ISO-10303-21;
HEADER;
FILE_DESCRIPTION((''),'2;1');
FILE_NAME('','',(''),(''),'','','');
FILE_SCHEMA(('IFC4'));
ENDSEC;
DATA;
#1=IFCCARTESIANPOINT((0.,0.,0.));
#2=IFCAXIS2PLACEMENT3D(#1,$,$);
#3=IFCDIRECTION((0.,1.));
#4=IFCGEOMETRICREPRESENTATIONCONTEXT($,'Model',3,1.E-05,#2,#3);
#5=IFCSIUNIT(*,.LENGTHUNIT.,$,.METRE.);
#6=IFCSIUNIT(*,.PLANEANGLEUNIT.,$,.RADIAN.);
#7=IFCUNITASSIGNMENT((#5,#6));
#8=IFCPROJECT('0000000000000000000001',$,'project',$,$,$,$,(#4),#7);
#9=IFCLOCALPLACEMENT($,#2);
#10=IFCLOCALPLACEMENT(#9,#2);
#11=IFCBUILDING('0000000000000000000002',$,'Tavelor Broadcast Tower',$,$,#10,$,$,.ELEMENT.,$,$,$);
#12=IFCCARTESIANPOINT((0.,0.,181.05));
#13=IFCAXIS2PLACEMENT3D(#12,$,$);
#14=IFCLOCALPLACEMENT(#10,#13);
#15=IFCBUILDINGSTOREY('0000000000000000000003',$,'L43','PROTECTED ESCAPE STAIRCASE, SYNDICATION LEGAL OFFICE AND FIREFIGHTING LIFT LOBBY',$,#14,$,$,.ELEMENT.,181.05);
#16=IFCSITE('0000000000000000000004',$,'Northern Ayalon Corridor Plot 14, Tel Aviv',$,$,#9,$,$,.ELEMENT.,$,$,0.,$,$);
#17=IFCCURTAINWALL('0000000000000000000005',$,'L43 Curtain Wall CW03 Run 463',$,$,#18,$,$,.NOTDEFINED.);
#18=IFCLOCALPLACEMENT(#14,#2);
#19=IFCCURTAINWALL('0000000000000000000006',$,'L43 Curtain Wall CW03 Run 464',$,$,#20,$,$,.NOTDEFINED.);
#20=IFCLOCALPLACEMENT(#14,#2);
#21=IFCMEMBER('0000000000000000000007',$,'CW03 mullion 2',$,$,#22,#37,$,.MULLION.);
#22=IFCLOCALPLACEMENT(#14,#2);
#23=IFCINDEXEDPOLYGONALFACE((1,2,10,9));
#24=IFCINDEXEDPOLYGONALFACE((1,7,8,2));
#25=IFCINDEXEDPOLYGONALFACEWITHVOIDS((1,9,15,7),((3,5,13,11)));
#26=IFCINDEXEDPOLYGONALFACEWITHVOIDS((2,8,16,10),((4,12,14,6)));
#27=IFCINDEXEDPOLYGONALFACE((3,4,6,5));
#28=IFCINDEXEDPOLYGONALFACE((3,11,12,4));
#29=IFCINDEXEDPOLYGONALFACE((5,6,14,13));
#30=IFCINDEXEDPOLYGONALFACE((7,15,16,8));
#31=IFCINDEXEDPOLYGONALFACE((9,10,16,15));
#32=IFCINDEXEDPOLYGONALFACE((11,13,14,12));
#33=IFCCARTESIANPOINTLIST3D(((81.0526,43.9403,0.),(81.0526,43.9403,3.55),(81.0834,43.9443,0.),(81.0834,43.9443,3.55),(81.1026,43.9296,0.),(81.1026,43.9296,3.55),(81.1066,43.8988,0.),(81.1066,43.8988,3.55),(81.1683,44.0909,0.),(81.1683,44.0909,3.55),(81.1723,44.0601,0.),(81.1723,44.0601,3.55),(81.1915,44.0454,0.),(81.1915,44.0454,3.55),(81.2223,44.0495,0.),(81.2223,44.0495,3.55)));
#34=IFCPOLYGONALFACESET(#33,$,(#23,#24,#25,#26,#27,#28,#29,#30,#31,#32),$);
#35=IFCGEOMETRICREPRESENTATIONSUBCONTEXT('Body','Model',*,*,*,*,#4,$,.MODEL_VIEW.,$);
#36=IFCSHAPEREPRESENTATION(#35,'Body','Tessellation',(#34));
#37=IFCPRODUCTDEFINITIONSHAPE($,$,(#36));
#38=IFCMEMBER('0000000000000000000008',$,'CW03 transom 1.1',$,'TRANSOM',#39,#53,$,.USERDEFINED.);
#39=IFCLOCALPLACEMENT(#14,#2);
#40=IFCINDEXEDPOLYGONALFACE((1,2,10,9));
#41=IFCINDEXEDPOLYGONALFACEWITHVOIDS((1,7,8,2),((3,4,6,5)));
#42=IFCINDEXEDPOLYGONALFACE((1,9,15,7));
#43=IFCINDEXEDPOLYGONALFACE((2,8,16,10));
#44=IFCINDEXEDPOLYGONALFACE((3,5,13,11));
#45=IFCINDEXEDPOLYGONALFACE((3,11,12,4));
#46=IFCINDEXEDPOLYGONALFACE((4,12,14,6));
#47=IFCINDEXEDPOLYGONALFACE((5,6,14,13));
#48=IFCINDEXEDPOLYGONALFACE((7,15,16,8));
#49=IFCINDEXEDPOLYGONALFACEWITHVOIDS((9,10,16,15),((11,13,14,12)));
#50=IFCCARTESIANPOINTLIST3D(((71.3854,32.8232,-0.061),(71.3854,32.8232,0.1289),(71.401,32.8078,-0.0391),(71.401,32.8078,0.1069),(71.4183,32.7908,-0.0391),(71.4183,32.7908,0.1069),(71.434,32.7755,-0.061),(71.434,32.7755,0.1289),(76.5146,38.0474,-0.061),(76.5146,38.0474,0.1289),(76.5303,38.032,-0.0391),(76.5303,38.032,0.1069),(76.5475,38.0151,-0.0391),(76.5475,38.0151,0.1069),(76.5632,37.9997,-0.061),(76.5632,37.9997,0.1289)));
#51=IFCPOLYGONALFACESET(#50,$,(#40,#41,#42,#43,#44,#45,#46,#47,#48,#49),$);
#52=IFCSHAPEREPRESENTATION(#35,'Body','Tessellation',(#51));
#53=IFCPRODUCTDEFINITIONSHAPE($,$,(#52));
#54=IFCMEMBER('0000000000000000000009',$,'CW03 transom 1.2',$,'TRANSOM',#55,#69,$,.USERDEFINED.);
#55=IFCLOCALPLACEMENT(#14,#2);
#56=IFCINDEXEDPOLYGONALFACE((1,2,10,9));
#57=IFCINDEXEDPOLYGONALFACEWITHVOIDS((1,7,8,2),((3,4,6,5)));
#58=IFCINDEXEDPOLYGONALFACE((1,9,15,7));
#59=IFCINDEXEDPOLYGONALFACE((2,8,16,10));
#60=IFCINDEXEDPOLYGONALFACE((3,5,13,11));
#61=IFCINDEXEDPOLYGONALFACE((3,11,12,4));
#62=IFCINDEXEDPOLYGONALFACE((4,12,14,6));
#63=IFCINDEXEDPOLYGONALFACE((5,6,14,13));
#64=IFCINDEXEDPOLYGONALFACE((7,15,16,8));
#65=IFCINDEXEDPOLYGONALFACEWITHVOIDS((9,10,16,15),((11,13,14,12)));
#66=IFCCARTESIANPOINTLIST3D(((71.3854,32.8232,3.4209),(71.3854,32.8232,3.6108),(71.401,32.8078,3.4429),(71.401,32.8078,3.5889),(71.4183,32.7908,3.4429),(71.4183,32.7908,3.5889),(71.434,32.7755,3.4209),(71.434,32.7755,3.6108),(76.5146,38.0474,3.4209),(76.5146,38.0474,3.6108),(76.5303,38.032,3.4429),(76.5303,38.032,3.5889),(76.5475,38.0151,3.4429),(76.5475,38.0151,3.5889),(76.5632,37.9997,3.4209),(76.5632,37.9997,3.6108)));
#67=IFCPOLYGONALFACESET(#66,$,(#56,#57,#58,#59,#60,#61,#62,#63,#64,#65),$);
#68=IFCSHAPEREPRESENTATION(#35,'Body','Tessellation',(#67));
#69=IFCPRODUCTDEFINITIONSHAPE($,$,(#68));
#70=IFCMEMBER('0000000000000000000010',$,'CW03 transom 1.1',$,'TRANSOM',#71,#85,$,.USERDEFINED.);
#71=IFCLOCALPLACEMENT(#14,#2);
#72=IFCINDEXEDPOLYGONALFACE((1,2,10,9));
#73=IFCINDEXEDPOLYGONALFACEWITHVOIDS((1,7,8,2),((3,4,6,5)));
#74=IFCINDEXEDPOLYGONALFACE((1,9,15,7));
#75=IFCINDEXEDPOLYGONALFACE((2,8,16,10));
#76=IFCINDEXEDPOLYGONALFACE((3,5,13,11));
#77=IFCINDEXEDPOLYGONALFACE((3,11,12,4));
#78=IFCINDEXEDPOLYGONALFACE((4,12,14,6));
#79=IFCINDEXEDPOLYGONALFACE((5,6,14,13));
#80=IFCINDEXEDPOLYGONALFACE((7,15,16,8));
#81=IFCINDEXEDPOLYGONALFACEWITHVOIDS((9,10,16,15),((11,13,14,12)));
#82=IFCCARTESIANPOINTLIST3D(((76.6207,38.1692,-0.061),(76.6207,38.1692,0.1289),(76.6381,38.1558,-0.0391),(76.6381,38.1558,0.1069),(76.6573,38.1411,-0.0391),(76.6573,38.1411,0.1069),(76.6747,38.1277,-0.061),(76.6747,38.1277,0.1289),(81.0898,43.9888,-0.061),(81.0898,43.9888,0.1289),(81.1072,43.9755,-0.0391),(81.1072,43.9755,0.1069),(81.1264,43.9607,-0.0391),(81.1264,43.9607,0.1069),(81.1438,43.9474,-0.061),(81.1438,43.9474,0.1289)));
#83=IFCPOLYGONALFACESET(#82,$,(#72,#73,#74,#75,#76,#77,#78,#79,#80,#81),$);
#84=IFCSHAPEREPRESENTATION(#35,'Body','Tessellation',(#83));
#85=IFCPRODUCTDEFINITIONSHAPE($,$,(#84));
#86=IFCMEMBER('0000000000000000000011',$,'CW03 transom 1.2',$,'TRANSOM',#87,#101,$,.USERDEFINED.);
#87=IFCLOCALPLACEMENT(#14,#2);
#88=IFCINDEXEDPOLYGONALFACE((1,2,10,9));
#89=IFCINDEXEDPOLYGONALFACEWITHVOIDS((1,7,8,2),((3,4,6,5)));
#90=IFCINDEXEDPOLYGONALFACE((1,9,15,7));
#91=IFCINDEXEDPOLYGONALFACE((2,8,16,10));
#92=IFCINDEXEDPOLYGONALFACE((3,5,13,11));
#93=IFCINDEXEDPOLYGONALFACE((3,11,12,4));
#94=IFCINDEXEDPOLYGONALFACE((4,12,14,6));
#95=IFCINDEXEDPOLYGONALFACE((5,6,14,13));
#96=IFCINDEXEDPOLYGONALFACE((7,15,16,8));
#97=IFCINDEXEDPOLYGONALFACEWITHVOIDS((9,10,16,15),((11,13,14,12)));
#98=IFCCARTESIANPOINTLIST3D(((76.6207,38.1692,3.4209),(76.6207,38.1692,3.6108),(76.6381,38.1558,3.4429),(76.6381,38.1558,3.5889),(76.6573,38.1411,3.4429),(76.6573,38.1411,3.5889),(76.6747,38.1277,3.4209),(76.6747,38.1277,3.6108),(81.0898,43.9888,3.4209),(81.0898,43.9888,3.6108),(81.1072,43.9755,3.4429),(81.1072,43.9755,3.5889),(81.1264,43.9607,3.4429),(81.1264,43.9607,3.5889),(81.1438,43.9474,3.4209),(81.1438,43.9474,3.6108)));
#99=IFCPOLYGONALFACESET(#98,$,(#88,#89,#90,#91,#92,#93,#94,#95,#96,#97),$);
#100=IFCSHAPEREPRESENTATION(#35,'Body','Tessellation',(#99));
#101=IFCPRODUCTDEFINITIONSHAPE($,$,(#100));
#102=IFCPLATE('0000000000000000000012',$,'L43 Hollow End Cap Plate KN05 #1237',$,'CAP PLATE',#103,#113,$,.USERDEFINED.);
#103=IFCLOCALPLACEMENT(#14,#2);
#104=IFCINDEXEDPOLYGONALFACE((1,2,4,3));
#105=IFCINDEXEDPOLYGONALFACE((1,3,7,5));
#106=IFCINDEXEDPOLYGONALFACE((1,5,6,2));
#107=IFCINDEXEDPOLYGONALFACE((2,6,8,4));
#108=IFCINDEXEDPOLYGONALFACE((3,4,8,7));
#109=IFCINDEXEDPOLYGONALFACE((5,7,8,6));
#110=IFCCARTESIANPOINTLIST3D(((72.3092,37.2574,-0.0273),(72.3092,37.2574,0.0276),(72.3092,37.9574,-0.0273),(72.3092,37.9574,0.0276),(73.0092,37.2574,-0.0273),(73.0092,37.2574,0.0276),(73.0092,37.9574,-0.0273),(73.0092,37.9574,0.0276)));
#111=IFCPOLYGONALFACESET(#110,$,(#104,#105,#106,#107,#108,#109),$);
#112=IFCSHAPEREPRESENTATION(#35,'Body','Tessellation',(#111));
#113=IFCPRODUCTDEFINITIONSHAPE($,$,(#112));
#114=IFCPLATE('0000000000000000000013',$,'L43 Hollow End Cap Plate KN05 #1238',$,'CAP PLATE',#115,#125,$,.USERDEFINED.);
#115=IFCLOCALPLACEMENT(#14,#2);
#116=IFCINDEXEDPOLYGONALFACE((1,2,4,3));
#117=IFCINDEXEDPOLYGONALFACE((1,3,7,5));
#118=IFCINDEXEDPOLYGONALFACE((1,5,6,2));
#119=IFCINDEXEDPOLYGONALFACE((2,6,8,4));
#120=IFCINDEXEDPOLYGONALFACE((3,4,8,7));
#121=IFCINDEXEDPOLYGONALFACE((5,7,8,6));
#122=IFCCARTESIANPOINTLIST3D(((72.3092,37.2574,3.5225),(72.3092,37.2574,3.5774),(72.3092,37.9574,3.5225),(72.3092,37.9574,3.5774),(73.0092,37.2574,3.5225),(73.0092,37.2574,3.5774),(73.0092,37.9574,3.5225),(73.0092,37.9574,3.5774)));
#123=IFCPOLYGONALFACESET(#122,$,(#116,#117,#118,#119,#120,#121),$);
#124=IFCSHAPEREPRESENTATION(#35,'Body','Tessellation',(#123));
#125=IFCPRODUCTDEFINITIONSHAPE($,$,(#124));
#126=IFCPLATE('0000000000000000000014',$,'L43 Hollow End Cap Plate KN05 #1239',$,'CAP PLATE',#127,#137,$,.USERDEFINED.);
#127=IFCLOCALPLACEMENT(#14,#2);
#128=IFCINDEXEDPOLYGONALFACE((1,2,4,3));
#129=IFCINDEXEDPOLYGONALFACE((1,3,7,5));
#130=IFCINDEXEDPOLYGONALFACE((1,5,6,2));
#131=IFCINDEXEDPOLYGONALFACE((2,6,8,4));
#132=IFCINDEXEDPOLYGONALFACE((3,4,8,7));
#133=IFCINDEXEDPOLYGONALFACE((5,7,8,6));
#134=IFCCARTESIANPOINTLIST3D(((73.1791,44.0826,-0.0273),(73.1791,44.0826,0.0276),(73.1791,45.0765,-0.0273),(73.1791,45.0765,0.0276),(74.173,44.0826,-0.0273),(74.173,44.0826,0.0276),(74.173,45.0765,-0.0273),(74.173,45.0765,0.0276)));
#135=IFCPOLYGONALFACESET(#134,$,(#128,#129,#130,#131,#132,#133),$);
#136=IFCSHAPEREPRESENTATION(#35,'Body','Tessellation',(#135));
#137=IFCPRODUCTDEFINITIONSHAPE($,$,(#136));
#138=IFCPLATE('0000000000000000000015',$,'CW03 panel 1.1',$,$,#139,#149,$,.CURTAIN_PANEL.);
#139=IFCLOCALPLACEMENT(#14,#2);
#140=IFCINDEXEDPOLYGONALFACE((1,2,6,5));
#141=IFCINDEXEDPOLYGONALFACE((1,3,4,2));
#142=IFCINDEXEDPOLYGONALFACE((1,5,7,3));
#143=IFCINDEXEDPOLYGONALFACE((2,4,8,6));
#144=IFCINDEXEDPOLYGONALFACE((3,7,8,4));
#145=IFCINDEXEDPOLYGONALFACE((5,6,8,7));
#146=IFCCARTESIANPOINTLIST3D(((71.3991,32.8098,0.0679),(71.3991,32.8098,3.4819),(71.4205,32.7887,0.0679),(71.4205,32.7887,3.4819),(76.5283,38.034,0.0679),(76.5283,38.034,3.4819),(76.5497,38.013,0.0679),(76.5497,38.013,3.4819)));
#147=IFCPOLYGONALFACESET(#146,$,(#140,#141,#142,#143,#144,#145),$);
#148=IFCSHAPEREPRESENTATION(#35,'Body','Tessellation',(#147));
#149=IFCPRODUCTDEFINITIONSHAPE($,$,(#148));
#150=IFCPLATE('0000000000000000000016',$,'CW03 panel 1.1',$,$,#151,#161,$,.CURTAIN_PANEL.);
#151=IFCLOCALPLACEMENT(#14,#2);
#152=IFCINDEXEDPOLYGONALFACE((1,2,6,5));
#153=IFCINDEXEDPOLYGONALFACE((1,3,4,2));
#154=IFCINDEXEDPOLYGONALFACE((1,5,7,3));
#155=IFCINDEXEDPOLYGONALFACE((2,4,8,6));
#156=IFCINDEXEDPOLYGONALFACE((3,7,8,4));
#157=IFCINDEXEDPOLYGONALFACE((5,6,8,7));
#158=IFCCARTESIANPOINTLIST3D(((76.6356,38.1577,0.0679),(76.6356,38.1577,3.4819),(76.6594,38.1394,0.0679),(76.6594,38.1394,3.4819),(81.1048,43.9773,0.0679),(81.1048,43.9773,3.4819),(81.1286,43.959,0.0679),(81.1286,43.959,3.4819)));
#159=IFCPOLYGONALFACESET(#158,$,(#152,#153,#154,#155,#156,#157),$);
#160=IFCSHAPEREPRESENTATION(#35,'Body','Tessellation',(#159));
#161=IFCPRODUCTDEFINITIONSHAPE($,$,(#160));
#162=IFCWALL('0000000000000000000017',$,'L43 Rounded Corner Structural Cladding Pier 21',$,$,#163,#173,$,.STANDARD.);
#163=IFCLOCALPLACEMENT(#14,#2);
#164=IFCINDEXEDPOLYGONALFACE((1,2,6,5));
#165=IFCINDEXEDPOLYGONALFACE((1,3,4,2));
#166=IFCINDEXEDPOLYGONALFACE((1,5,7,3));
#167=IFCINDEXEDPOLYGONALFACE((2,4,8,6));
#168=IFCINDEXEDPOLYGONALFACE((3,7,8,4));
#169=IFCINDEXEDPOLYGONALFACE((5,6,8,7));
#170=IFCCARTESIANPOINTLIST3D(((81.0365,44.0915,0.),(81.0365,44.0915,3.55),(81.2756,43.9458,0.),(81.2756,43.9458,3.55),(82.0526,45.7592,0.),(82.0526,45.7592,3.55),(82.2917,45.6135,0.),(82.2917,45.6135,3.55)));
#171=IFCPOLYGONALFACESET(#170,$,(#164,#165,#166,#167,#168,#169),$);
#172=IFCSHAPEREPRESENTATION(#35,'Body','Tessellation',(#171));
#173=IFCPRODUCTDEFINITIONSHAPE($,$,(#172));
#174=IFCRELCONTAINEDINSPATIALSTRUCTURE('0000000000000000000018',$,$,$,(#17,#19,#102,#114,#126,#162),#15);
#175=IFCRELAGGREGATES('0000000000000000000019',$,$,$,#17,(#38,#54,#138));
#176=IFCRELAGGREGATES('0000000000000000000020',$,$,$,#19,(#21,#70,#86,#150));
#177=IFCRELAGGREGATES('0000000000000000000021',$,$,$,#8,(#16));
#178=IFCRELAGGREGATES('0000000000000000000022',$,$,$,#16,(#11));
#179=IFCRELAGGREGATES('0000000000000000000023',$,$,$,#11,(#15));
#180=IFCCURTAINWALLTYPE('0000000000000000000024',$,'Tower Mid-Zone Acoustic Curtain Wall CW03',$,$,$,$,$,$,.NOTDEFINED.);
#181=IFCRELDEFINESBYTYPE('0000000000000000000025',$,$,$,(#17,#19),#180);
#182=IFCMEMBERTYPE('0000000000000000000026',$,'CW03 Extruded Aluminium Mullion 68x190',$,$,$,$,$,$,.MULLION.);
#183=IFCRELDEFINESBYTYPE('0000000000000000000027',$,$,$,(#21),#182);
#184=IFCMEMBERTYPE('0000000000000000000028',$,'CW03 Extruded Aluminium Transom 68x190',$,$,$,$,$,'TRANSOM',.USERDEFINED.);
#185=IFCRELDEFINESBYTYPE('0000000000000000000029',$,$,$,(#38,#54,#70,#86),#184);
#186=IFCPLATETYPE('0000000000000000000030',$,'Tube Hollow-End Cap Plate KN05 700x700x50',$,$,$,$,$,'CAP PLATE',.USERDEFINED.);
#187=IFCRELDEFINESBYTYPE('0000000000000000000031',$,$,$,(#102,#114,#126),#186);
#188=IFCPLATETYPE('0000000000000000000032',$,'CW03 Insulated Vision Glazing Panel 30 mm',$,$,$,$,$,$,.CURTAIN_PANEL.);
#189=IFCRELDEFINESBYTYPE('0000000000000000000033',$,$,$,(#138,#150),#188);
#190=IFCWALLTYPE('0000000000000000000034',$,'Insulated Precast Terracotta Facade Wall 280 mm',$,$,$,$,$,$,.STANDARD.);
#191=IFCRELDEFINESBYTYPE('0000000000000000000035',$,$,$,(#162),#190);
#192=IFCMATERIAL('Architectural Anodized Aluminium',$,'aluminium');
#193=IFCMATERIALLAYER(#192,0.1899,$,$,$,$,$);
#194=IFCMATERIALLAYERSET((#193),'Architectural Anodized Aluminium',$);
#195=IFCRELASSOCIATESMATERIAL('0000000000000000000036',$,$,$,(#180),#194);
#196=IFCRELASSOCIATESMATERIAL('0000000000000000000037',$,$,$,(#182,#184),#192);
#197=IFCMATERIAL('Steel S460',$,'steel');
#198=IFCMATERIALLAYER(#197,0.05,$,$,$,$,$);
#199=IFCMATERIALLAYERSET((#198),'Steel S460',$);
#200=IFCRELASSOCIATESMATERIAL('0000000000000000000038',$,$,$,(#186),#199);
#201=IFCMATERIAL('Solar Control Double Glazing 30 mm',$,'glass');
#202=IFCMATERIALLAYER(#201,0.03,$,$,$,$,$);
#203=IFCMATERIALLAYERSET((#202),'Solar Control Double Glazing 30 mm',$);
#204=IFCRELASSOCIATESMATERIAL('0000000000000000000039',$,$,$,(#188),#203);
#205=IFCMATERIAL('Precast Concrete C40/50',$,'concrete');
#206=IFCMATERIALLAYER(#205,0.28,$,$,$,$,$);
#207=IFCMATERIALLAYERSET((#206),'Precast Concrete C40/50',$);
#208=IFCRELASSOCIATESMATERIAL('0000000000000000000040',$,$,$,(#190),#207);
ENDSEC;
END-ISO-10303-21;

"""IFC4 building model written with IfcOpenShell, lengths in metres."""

from ifc_helpers import new_model, si_unit, direction, frame, frame_2d, origin, origin_2d, place, context, subcontext, project, spatial, rectangle, hollow_rectangle, extrude, source, transform, mapped, material, layer, layer_set, material_profile, profile_set, type_object, type_shapes, element, aggregate, save


model = new_model("IFC4")

# Units and contexts
model_context = context("Model", 3, precision=1e-05, world=origin(), true_north=direction((0.0, 1.0)))
body_context = subcontext(model_context, "Body", "Model", "MODEL_VIEW")
ifc_project = project(units=[si_unit("LENGTHUNIT", "METRE"), si_unit("PLANEANGLEUNIT", "RADIAN")], contexts=[model_context])

# Site, building, storey
site_placement = place(None, origin())
site = spatial("IfcSite", under=ifc_project, at=site_placement, Name="Northern Ayalon Corridor Plot 14, Tel Aviv", CompositionType="ELEMENT", RefElevation=0.0)
building_placement = place(site_placement, origin())
building = spatial("IfcBuilding", under=site, at=building_placement, Name="Tavelor Broadcast Tower", CompositionType="ELEMENT")
storey_placement = place(building_placement, frame((0.0, 0.0, 181.05)))
storey = spatial("IfcBuildingStorey", under=building, at=storey_placement, Name="L43", Description="PROTECTED ESCAPE STAIRCASE, SYNDICATION LEGAL OFFICE AND FIREFIGHTING LIFT LOBBY", CompositionType="ELEMENT", Elevation=181.05)

# Shared definitions
ifc_material_1 = material(Name="Steel S460", Category="steel")

# Shared definitions
ifc_material_2 = material(Name="Architectural Anodized Aluminium", Category="aluminium")
ifc_layer_1 = layer(ifc_material_2, 0.1899)
ifc_layer_set_1 = layer_set([ifc_layer_1], Name="Architectural Anodized Aluminium")
curtain_wall_type = type_object("IfcCurtainWallType", Name="Tower Mid-Zone Acoustic Curtain Wall CW03", PredefinedType="NOTDEFINED", material=ifc_layer_set_1)
ifc_material_profile_1 = material_profile(ifc_material_2, hollow_rectangle(XDim=0.0681, YDim=0.1899, WallThickness=0.022, at=origin_2d()), Name="RHS 68x190x22")
ifc_profile_set_1 = profile_set([ifc_material_profile_1], Name="Architectural Anodized Aluminium")
member_type_1 = type_object("IfcMemberType", Name="CW03 Extruded Aluminium Mullion 68x190", PredefinedType="MULLION", material=ifc_profile_set_1)
shared_shape_1 = source(origin(), body_context, "Body", "SweptSolid", [
    extrude(hollow_rectangle(XDim=0.0681, YDim=0.1899, WallThickness=0.022, at=origin_2d()), origin(), (0.0, 0.0, 1.0), 3.55),
])
type_shapes(member_type_1, [shared_shape_1])

# Curtain walls, member
curtain_wall_1_placement = place(storey_placement, origin())
curtain_wall_1 = element("IfcCurtainWall", 1, at=curtain_wall_1_placement, inside=storey, type_object=curtain_wall_type, Name="L43 Curtain Wall CW03 Run 463", PredefinedType="NOTDEFINED")
curtain_wall_2_placement = place(storey_placement, origin())
curtain_wall_2 = element("IfcCurtainWall", 2, at=curtain_wall_2_placement, inside=storey, type_object=curtain_wall_type, Name="L43 Curtain Wall CW03 Run 464", PredefinedType="NOTDEFINED")
member_1_placement = place(storey_placement, frame((81.1375, 43.9949, 0.0), z_axis=(0.0, 0.0, 1.0), x_axis=(-0.793106, 0.609083, 0.0)))
member_1 = element("IfcMember", 3, at=member_1_placement, type_object=member_type_1, Name="CW03 mullion 2", PredefinedType="MULLION", context=body_context, shape_type="MappedRepresentation", body=[
    mapped(shared_shape_1, transform((0.0, 0.0, 0.0), scale=1.0)),
])

# Members
ifc_material_profile_2 = material_profile(ifc_material_2, hollow_rectangle(XDim=0.0681, YDim=0.1899, WallThickness=0.022, at=origin_2d()), Name="RHS 68x190x22")
ifc_profile_set_2 = profile_set([ifc_material_profile_2], Name="Architectural Anodized Aluminium")
member_type_2 = type_object("IfcMemberType", Name="CW03 Extruded Aluminium Transom 68x190", ElementType="TRANSOM", PredefinedType="USERDEFINED", material=ifc_profile_set_2)
shared_shape_2 = source(origin(), body_context, "Body", "SweptSolid", [
    extrude(hollow_rectangle(XDim=0.0681, YDim=0.1899, WallThickness=0.022, at=origin_2d()), origin(), (0.0, 0.0, 1.0), 7.3213),
])
member_2_placement = place(storey_placement, frame((71.4097, 32.7993, 0.0339), z_axis=(0.700591, 0.713563, 0.0), x_axis=(-0.713563, 0.700591, 0.0)))
member_2 = element("IfcMember", 4, at=member_2_placement, type_object=member_type_2, Name="CW03 transom 1.1", ObjectType="TRANSOM", PredefinedType="USERDEFINED", context=body_context, shape_type="MappedRepresentation", body=[
    mapped(shared_shape_2, transform((0.0, 0.0, 0.0), scale=1.0)),
])
member_3_placement = place(storey_placement, frame((71.4097, 32.7993, 3.5159), z_axis=(0.700591, 0.713563, 0.0), x_axis=(-0.713563, 0.700591, 0.0)))
member_3 = element("IfcMember", 5, at=member_3_placement, type_object=member_type_2, Name="CW03 transom 1.2", ObjectType="TRANSOM", PredefinedType="USERDEFINED", context=body_context, shape_type="MappedRepresentation", body=[
    mapped(shared_shape_2, transform((0.0, 0.0, 0.0), scale=1.0)),
])
shared_shape_3 = source(origin(), body_context, "Body", "SweptSolid", [
    extrude(hollow_rectangle(XDim=0.0681, YDim=0.1899, WallThickness=0.022, at=origin_2d()), origin(), (0.0, 0.0, 1.0), 7.3376),
])
type_shapes(member_type_2, [shared_shape_2, shared_shape_3])
member_4_placement = place(storey_placement, frame((76.6477, 38.1484, 0.0339), z_axis=(0.609059, 0.793125, 0.0), x_axis=(-0.793125, 0.609059, 0.0)))
member_4 = element("IfcMember", 6, at=member_4_placement, type_object=member_type_2, Name="CW03 transom 1.1", ObjectType="TRANSOM", PredefinedType="USERDEFINED", context=body_context, shape_type="MappedRepresentation", body=[
    mapped(shared_shape_3, transform((0.0, 0.0, 0.0), scale=1.0)),
])
member_5_placement = place(storey_placement, frame((76.6477, 38.1484, 3.5159), z_axis=(0.609059, 0.793125, 0.0), x_axis=(-0.793125, 0.609059, 0.0)))
member_5 = element("IfcMember", 7, at=member_5_placement, type_object=member_type_2, Name="CW03 transom 1.2", ObjectType="TRANSOM", PredefinedType="USERDEFINED", context=body_context, shape_type="MappedRepresentation", body=[
    mapped(shared_shape_3, transform((0.0, 0.0, 0.0), scale=1.0)),
])

# Plates
ifc_layer_2 = layer(ifc_material_1, 0.05)
ifc_layer_set_2 = layer_set([ifc_layer_2], Name="Steel S460")
plate_type_1 = type_object("IfcPlateType", Name="Tube Hollow-End Cap Plate KN05 700x700x50", ElementType="CAP PLATE", PredefinedType="USERDEFINED", material=ifc_layer_set_2)
shared_shape_4 = source(origin(), body_context, "Body", "SweptSolid", [
    extrude(rectangle(XDim=0.7, YDim=0.7, at=origin_2d()), origin(), (0.0, 0.0, 1.0), 0.0549),
])
for number, where, z_axis, x_axis, name in (
    (8, (72.6592, 37.6074, -0.0273), (0.0, 0.0, 1.0), (1.0, 0.0, 0.0), "L43 Hollow End Cap Plate KN05 #1237"),
    (9, (72.6592, 37.6074, 3.5225), (0.0, 0.0, 1.0), (1.0, 0.0, 0.0), "L43 Hollow End Cap Plate KN05 #1238"),
):
    element("IfcPlate", number, at=place(storey_placement, frame(where, z_axis=z_axis, x_axis=x_axis)), inside=storey, type_object=plate_type_1, Name=name, ObjectType="CAP PLATE", PredefinedType="USERDEFINED", context=body_context, shape_type="MappedRepresentation", body=[
        mapped(shared_shape_4, transform((0.0, 0.0, 0.0), scale=1.0)),
    ])
shared_shape_5 = source(origin(), body_context, "Body", "SweptSolid", [
    extrude(rectangle(XDim=0.9939, YDim=0.9939, at=origin_2d()), origin(), (0.0, 0.0, 1.0), 0.0549),
])
type_shapes(plate_type_1, [shared_shape_4, shared_shape_5])
plate_1_placement = place(storey_placement, frame((73.676, 44.5796, -0.0273), z_axis=(0.0, 0.0, 1.0), x_axis=(1.0, 0.0, 0.0)))
element("IfcPlate", 10, at=plate_1_placement, inside=storey, type_object=plate_type_1, Name="L43 Hollow End Cap Plate KN05 #1239", ObjectType="CAP PLATE", PredefinedType="USERDEFINED", context=body_context, shape_type="MappedRepresentation", body=[
    mapped(shared_shape_5, transform((0.0, 0.0, 0.0), scale=1.0)),
])

# Plates
ifc_material_3 = material(Name="Solar Control Double Glazing 30 mm", Category="glass")
ifc_layer_3 = layer(ifc_material_3, 0.03)
ifc_layer_set_3 = layer_set([ifc_layer_3], Name="Solar Control Double Glazing 30 mm")
plate_type_2 = type_object("IfcPlateType", Name="CW03 Insulated Vision Glazing Panel 30 mm", PredefinedType="CURTAIN_PANEL", material=ifc_layer_set_3)
shared_shape_6 = source(origin(), body_context, "Body", "SweptSolid", [
    extrude(rectangle(XDim=7.3213, YDim=0.03, at=origin_2d()), origin(), (0.0, 0.0, 1.0), 3.4141),
])
plate_2_placement = place(storey_placement, frame((73.9744, 35.4114, 0.0679), z_axis=(0.0, 0.0, 1.0), x_axis=(0.700587, 0.713567, 0.0)))
plate_2 = element("IfcPlate", 11, at=plate_2_placement, type_object=plate_type_2, Name="CW03 panel 1.1", PredefinedType="CURTAIN_PANEL", context=body_context, shape_type="MappedRepresentation", body=[
    mapped(shared_shape_6, transform((0.0, 0.0, 0.0), scale=1.0)),
])
aggregate(curtain_wall_1, [member_2, member_3, plate_2])
shared_shape_7 = source(origin(), body_context, "Body", "SweptSolid", [
    extrude(rectangle(XDim=7.3376, YDim=0.03, at=origin_2d()), origin(), (0.0, 0.0, 1.0), 3.4141),
])
type_shapes(plate_type_2, [shared_shape_6, shared_shape_7])
plate_3_placement = place(storey_placement, frame((78.8821, 41.0583, 0.0679), z_axis=(0.0, 0.0, 1.0), x_axis=(0.609083, 0.793106, 0.0)))
plate_3 = element("IfcPlate", 12, at=plate_3_placement, type_object=plate_type_2, Name="CW03 panel 1.1", PredefinedType="CURTAIN_PANEL", context=body_context, shape_type="MappedRepresentation", body=[
    mapped(shared_shape_7, transform((0.0, 0.0, 0.0), scale=1.0)),
])
aggregate(curtain_wall_2, [member_1, member_4, member_5, plate_3])

# Wall
ifc_material_4 = material(Name="Precast Concrete C40/50", Category="concrete")
ifc_layer_4 = layer(ifc_material_4, 0.28)
ifc_layer_set_4 = layer_set([ifc_layer_4], Name="Precast Concrete C40/50")
wall_type_1 = type_object("IfcWallType", Name="Insulated Precast Terracotta Facade Wall 280 mm", PredefinedType="STANDARD", material=ifc_layer_set_4)
wall_1_placement = place(storey_placement, frame((81.156, 44.0186, 0.0), z_axis=(0.0, 0.0, 1.0), x_axis=(0.520312, 0.853976, 0.0)))
element("IfcWall", 13, at=wall_1_placement, inside=storey, type_object=wall_type_1, Name="L43 Rounded Corner Structural Cladding Pier 21", PredefinedType="STANDARD", context=body_context, shape_type="SweptSolid", body=[
    extrude(rectangle(XDim=1.9529, YDim=0.28, at=frame_2d((0.9766, 0.0))), origin(), (0.0, 0.0, 1.0), 3.55),
])

save(model, "model.ifc")
